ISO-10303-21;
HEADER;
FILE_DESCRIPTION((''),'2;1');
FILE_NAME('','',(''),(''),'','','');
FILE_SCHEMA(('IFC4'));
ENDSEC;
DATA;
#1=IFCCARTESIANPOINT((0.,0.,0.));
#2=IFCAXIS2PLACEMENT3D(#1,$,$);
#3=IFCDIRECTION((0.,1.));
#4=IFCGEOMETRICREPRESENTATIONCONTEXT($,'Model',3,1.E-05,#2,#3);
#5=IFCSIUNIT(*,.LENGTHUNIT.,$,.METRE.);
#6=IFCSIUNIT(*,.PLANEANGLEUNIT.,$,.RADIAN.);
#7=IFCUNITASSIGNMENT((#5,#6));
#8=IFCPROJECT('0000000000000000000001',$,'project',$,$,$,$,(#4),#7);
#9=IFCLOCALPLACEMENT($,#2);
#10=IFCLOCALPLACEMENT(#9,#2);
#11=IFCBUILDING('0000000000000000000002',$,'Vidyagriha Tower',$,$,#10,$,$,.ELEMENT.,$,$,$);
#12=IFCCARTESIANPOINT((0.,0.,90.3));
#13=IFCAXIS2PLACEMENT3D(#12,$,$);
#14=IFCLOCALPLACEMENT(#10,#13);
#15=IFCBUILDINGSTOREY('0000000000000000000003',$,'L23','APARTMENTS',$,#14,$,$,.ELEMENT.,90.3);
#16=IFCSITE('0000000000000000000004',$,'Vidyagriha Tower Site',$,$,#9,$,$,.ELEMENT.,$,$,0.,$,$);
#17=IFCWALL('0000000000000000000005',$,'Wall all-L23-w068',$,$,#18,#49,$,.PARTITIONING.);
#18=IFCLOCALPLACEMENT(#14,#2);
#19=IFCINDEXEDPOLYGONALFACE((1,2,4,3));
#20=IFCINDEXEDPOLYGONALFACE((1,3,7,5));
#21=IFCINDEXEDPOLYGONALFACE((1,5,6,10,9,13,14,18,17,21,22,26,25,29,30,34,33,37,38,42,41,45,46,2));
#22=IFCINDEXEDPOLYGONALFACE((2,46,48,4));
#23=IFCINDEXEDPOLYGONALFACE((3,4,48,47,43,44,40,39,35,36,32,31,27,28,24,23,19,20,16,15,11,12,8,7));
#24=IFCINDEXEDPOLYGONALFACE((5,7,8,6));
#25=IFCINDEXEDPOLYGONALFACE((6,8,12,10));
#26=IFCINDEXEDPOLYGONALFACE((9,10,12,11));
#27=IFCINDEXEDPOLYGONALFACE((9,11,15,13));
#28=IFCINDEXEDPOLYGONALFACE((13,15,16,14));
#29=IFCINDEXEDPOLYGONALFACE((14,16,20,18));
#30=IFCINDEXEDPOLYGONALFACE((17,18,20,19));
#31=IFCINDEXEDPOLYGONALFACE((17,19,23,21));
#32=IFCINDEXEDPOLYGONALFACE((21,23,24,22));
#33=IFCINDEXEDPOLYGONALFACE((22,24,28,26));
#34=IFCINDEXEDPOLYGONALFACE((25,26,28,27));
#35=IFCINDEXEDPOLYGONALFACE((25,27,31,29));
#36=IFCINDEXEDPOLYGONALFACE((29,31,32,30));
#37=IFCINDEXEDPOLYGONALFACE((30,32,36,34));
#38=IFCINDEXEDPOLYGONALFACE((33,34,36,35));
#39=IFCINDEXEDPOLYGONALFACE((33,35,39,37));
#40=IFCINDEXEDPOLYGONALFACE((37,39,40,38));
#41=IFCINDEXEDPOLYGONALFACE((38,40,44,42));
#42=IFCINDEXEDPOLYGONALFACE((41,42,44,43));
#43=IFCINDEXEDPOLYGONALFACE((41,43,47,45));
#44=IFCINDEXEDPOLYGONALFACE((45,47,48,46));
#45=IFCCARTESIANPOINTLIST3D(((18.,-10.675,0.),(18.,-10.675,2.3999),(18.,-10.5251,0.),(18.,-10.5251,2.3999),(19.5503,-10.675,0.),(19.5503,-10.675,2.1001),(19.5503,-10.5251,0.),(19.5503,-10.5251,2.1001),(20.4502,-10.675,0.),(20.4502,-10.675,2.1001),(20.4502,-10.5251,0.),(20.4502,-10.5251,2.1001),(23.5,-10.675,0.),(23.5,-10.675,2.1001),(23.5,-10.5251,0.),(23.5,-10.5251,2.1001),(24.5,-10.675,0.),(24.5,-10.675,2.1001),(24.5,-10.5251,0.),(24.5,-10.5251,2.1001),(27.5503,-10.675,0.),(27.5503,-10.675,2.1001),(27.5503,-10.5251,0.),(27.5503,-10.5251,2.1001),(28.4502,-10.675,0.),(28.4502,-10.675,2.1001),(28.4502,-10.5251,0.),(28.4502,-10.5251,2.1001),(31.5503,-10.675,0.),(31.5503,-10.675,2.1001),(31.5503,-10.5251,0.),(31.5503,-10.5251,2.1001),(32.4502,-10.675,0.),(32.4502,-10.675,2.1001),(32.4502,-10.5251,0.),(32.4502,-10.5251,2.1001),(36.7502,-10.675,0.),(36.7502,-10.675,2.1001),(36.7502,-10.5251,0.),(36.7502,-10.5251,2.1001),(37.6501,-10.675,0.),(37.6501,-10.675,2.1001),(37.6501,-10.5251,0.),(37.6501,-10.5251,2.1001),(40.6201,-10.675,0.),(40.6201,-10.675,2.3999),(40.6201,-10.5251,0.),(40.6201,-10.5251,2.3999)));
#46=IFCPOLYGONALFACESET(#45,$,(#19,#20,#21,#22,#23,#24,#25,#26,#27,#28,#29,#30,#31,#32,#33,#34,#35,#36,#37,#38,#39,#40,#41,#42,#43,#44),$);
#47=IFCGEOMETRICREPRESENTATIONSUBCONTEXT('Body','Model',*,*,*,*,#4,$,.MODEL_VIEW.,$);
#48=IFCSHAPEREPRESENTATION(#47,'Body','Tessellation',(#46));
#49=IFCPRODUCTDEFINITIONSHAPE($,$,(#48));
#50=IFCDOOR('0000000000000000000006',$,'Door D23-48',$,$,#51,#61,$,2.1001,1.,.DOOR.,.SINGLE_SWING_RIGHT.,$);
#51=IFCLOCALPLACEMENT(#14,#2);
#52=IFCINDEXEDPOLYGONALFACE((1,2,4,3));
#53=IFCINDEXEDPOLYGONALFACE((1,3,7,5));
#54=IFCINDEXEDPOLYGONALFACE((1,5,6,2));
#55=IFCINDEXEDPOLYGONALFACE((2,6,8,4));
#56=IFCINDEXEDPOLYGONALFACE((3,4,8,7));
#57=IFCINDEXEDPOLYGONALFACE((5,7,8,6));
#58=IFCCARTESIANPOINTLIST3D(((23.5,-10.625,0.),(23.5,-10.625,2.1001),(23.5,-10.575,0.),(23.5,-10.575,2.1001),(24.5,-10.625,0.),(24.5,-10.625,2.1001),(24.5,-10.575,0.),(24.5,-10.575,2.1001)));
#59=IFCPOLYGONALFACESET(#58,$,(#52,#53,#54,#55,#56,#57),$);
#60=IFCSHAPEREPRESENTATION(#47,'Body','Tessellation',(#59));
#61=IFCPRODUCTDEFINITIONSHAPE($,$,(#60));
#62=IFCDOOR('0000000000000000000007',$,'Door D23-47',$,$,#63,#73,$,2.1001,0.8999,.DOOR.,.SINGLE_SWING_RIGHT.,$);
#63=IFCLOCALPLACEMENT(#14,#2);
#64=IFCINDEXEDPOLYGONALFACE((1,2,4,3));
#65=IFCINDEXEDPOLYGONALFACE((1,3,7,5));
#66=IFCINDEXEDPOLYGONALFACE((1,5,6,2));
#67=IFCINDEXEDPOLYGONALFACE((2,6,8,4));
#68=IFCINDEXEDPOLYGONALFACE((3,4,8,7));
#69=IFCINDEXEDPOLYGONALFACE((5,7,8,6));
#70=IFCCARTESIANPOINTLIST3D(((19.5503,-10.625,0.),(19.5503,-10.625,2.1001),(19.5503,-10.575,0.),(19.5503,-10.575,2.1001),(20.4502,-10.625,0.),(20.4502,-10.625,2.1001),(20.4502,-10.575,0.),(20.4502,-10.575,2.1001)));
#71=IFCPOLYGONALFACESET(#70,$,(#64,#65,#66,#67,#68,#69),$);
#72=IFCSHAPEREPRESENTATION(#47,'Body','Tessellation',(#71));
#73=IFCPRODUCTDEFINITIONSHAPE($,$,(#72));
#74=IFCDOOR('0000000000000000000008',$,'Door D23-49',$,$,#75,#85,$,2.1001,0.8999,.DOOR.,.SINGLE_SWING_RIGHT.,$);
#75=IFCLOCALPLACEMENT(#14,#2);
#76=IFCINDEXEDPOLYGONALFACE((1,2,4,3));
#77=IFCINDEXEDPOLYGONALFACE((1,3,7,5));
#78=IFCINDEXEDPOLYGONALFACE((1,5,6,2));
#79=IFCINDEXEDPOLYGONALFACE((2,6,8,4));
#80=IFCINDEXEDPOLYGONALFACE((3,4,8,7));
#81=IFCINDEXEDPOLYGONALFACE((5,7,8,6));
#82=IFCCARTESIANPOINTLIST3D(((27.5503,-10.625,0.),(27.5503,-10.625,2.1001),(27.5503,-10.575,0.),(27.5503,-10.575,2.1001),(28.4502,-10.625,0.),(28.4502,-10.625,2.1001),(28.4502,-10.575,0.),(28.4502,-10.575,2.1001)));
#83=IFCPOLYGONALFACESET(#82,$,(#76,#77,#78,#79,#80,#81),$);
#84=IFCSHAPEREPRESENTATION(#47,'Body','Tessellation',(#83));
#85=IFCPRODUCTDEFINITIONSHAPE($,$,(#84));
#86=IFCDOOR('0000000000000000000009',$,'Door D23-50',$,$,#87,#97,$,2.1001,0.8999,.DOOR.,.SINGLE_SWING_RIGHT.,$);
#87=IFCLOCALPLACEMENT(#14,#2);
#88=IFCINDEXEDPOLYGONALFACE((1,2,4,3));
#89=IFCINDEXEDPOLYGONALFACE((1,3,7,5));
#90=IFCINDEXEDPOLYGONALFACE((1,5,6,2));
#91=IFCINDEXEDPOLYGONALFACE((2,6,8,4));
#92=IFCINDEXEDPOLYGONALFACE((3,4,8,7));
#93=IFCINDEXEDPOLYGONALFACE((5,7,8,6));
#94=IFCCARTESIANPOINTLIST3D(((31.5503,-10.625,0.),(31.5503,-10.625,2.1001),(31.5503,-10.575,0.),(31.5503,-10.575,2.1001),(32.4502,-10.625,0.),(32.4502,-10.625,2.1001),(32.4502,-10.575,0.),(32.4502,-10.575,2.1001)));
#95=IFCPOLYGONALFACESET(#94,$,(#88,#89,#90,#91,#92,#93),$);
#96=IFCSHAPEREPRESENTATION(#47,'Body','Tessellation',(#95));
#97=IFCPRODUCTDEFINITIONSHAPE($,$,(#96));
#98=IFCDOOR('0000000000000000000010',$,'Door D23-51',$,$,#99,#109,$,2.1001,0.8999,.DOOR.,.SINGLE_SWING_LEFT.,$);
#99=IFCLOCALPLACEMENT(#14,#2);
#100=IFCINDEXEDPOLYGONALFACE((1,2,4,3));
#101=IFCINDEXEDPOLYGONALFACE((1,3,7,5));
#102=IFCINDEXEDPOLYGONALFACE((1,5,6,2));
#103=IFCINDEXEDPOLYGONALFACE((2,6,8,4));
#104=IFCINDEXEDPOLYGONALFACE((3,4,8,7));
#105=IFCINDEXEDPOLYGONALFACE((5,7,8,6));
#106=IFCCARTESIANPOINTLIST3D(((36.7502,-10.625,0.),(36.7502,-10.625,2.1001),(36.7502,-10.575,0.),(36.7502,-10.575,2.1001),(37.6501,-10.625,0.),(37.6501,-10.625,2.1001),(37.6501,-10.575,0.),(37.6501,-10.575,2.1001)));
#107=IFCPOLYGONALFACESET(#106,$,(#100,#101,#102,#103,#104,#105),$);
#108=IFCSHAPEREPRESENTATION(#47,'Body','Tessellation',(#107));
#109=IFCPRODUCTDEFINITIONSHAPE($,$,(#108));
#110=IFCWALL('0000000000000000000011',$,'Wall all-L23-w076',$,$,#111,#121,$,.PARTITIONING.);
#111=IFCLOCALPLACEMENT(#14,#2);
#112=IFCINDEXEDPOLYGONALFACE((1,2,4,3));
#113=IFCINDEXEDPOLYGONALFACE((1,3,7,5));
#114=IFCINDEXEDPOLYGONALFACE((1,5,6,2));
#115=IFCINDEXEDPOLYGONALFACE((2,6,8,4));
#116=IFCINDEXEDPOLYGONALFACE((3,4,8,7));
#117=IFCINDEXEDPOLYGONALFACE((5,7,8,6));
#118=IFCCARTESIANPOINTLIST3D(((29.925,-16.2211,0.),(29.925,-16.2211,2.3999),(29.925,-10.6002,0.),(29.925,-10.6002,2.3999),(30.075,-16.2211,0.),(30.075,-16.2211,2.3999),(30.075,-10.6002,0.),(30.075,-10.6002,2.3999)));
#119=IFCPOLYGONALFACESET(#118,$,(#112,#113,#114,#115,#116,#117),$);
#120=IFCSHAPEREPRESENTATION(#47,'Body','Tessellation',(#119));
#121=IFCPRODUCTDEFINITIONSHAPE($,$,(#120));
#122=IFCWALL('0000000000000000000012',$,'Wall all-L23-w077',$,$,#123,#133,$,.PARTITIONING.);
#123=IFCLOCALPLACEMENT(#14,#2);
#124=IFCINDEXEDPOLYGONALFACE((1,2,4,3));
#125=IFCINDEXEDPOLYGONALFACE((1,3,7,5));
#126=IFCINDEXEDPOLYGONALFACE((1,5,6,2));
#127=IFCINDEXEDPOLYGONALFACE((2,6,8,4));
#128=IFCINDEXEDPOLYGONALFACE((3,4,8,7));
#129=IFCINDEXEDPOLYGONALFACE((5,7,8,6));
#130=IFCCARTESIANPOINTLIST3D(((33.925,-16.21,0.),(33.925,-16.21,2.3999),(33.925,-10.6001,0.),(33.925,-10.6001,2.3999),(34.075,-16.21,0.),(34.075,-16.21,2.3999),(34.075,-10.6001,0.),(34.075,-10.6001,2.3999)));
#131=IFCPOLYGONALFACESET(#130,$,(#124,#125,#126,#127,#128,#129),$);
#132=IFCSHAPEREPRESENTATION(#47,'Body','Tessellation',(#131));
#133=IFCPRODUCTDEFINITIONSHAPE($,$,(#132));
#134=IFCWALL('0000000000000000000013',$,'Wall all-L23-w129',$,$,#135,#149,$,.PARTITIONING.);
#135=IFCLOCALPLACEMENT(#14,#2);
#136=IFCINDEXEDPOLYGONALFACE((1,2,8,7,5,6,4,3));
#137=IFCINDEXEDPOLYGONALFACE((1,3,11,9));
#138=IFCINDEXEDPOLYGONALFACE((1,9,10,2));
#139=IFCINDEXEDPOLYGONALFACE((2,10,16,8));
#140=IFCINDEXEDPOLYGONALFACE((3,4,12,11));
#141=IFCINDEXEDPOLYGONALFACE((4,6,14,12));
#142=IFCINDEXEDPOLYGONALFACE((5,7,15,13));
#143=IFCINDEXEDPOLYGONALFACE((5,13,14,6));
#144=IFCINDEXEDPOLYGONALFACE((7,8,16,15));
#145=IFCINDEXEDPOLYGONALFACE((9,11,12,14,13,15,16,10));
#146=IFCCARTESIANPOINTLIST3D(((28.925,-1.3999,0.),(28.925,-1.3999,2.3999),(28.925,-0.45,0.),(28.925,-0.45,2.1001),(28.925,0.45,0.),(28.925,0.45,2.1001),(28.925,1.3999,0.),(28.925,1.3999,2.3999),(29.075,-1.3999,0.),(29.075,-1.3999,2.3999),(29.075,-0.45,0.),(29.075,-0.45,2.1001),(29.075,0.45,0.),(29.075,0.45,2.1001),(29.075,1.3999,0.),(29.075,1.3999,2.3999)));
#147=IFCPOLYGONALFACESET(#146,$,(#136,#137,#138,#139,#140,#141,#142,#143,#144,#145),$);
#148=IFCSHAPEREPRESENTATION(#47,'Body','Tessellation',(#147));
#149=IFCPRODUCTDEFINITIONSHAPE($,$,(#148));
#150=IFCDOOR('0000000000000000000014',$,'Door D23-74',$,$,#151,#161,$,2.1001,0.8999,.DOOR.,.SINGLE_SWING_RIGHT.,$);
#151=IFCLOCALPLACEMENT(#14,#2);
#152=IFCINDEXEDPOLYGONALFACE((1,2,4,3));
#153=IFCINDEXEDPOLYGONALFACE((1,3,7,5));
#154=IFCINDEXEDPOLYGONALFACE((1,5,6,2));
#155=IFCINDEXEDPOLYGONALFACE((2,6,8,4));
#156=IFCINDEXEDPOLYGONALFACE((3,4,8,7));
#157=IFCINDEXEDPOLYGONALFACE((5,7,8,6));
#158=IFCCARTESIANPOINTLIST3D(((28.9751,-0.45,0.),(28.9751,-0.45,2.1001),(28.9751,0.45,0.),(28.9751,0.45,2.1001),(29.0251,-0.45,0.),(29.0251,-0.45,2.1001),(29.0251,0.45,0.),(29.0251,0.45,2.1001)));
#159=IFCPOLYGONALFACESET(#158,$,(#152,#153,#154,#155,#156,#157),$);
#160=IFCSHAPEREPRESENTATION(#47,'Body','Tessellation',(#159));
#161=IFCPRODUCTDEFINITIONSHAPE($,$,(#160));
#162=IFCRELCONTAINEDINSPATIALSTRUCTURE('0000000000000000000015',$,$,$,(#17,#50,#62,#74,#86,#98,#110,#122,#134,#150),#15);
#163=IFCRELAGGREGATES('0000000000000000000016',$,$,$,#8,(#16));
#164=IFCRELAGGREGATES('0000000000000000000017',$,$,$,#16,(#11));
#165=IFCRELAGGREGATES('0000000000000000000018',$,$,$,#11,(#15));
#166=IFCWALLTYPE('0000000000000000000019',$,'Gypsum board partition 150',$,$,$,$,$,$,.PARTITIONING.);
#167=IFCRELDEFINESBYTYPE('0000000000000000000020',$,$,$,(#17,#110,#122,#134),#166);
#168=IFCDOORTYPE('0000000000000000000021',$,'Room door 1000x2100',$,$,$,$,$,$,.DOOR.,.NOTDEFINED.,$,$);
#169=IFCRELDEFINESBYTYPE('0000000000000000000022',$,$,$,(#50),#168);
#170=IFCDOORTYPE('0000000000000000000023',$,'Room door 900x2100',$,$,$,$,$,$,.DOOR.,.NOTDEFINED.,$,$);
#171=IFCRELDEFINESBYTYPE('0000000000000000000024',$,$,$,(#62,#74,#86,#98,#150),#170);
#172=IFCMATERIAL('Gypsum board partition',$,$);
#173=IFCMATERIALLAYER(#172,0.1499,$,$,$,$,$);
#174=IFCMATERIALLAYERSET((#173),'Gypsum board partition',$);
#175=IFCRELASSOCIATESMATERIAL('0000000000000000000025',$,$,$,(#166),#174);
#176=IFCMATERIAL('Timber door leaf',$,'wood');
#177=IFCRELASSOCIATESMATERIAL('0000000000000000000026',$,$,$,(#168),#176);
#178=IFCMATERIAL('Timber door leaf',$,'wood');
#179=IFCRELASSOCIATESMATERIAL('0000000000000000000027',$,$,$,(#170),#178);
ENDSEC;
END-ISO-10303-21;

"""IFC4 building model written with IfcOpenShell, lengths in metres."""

from ifc_helpers import new_model, si_unit, direction, frame, frame_2d, origin, place, context, subcontext, project, spatial, rectangle, extrude, material, layer, layer_set, type_object, element, fill, save


model = new_model("IFC4")

# Units and contexts
model_context = context("Model", 3, precision=1e-05, world=origin(), true_north=direction((0.0, 1.0)))
body_context = subcontext(model_context, "Body", "Model", "MODEL_VIEW")
ifc_project = project(units=[si_unit("LENGTHUNIT", "METRE"), si_unit("PLANEANGLEUNIT", "RADIAN")], contexts=[model_context])

# Site, building, storey
site_placement = place(None, origin())
site = spatial("IfcSite", under=ifc_project, at=site_placement, Name="Vidyagriha Tower Site", CompositionType="ELEMENT", RefElevation=0.0)
building_placement = place(site_placement, origin())
building = spatial("IfcBuilding", under=site, at=building_placement, Name="Vidyagriha Tower", CompositionType="ELEMENT")
storey_placement = place(building_placement, frame((0.0, 0.0, 90.3)))
storey = spatial("IfcBuildingStorey", under=building, at=storey_placement, Name="L23", Description="APARTMENTS", CompositionType="ELEMENT", Elevation=90.3)

# Shared definitions
ifc_material_1 = material(Name="Gypsum board partition")
ifc_layer_1 = layer(ifc_material_1, 0.1499)
ifc_layer_set_1 = layer_set([ifc_layer_1], Name="Gypsum board partition")
wall_type_1 = type_object("IfcWallType", Name="Gypsum board partition 150", PredefinedType="PARTITIONING", material=ifc_layer_set_1)

# Wall, openings, doors
wall_1_placement = place(storey_placement, frame((40.6201, -10.6001, 0.0), z_axis=(0.0, 0.0, 1.0), x_axis=(-1.0, 0.0, 0.0)))
wall_1 = element("IfcWall", 1, at=wall_1_placement, inside=storey, type_object=wall_type_1, Name="Wall all-L23-w068", PredefinedType="PARTITIONING", context=body_context, shape_type="SweptSolid", body=[
    extrude(rectangle(XDim=22.6201, YDim=0.1499, at=frame_2d((11.3101, 0.0))), origin(), (0.0, 0.0, 1.0), 2.3999),
])
opening_1_placement = place(wall_1_placement, frame((20.1699, 0.0, 0.0)))
opening_1 = element("IfcOpeningElement", 2, at=opening_1_placement, cuts=wall_1, PredefinedType="OPENING", context=body_context, shape_type="SweptSolid", body=[
    extrude(rectangle(XDim=0.8999, YDim=2.1001, at=frame_2d((0.45, 1.05))), frame((0.0, 0.085, 0.0), z_axis=(0.0, -1.0, 0.0), x_axis=(1.0, 0.0, 0.0)), (0.0, 0.0, 1.0), 0.1699),
])
opening_2_placement = place(wall_1_placement, frame((16.1201, 0.0, 0.0)))
opening_2 = element("IfcOpeningElement", 3, at=opening_2_placement, cuts=wall_1, PredefinedType="OPENING", context=body_context, shape_type="SweptSolid", body=[
    extrude(rectangle(XDim=1.0, YDim=2.1001, at=frame_2d((0.5, 1.05))), frame((0.0, 0.085, 0.0), z_axis=(0.0, -1.0, 0.0), x_axis=(1.0, 0.0, 0.0)), (0.0, 0.0, 1.0), 0.1699),
])
opening_3_placement = place(wall_1_placement, frame((12.1699, 0.0, 0.0)))
opening_3 = element("IfcOpeningElement", 4, at=opening_3_placement, cuts=wall_1, PredefinedType="OPENING", context=body_context, shape_type="SweptSolid", body=[
    extrude(rectangle(XDim=0.8999, YDim=2.1001, at=frame_2d((0.45, 1.05))), frame((0.0, 0.085, 0.0), z_axis=(0.0, -1.0, 0.0), x_axis=(1.0, 0.0, 0.0)), (0.0, 0.0, 1.0), 0.1699),
])
opening_4_placement = place(wall_1_placement, frame((8.1699, 0.0, 0.0)))
opening_4 = element("IfcOpeningElement", 5, at=opening_4_placement, cuts=wall_1, PredefinedType="OPENING", context=body_context, shape_type="SweptSolid", body=[
    extrude(rectangle(XDim=0.8999, YDim=2.1001, at=frame_2d((0.45, 1.05))), frame((0.0, 0.085, 0.0), z_axis=(0.0, -1.0, 0.0), x_axis=(1.0, 0.0, 0.0)), (0.0, 0.0, 1.0), 0.1699),
])
opening_5_placement = place(wall_1_placement, frame((2.97, 0.0, 0.0)))
opening_5 = element("IfcOpeningElement", 6, at=opening_5_placement, cuts=wall_1, PredefinedType="OPENING", context=body_context, shape_type="SweptSolid", body=[
    extrude(rectangle(XDim=0.8999, YDim=2.1001, at=frame_2d((0.45, 1.05))), frame((0.0, 0.085, 0.0), z_axis=(0.0, -1.0, 0.0), x_axis=(1.0, 0.0, 0.0)), (0.0, 0.0, 1.0), 0.1699),
])
ifc_material_2 = material(Name="Timber door leaf", Category="wood")
door_type_1 = type_object("IfcDoorType", Name="Room door 1000x2100", OperationType="NOTDEFINED", PredefinedType="DOOR", material=ifc_material_2)
door_1_placement = place(opening_2_placement, origin())
door_1 = element("IfcDoor", 7, at=door_1_placement, inside=storey, type_object=door_type_1, Name="Door D23-48", OperationType="SINGLE_SWING_RIGHT", OverallHeight=2.1001, OverallWidth=1.0, PredefinedType="DOOR", context=body_context, shape_type="SweptSolid", body=[
    extrude(rectangle(XDim=1.0, YDim=2.1001, at=frame_2d((0.5, 1.05))), frame((0.0, 0.0249, 0.0), z_axis=(0.0, -1.0, 0.0), x_axis=(1.0, 0.0, 0.0)), (0.0, 0.0, 1.0), 0.05),
])
fill(opening_2, door_1)
ifc_material_3 = material(Name="Timber door leaf", Category="wood")
door_type_2 = type_object("IfcDoorType", Name="Room door 900x2100", OperationType="NOTDEFINED", PredefinedType="DOOR", material=ifc_material_3)
door_2_placement = place(opening_1_placement, origin())
door_2 = element("IfcDoor", 8, at=door_2_placement, inside=storey, type_object=door_type_2, Name="Door D23-47", OperationType="SINGLE_SWING_RIGHT", OverallHeight=2.1001, OverallWidth=0.8999, PredefinedType="DOOR", context=body_context, shape_type="SweptSolid", body=[
    extrude(rectangle(XDim=0.8999, YDim=2.1001, at=frame_2d((0.45, 1.05))), frame((0.0, 0.0249, 0.0), z_axis=(0.0, -1.0, 0.0), x_axis=(1.0, 0.0, 0.0)), (0.0, 0.0, 1.0), 0.05),
])
fill(opening_1, door_2)
door_3_placement = place(opening_3_placement, origin())
door_3 = element("IfcDoor", 9, at=door_3_placement, inside=storey, type_object=door_type_2, Name="Door D23-49", OperationType="SINGLE_SWING_RIGHT", OverallHeight=2.1001, OverallWidth=0.8999, PredefinedType="DOOR", context=body_context, shape_type="SweptSolid", body=[
    extrude(rectangle(XDim=0.8999, YDim=2.1001, at=frame_2d((0.45, 1.05))), frame((0.0, 0.0249, 0.0), z_axis=(0.0, -1.0, 0.0), x_axis=(1.0, 0.0, 0.0)), (0.0, 0.0, 1.0), 0.05),
])
fill(opening_3, door_3)
door_4_placement = place(opening_4_placement, origin())
door_4 = element("IfcDoor", 10, at=door_4_placement, inside=storey, type_object=door_type_2, Name="Door D23-50", OperationType="SINGLE_SWING_RIGHT", OverallHeight=2.1001, OverallWidth=0.8999, PredefinedType="DOOR", context=body_context, shape_type="SweptSolid", body=[
    extrude(rectangle(XDim=0.8999, YDim=2.1001, at=frame_2d((0.45, 1.05))), frame((0.0, 0.0249, 0.0), z_axis=(0.0, -1.0, 0.0), x_axis=(1.0, 0.0, 0.0)), (0.0, 0.0, 1.0), 0.05),
])
fill(opening_4, door_4)
door_5_placement = place(opening_5_placement, origin())
door_5 = element("IfcDoor", 11, at=door_5_placement, inside=storey, type_object=door_type_2, Name="Door D23-51", OperationType="SINGLE_SWING_LEFT", OverallHeight=2.1001, OverallWidth=0.8999, PredefinedType="DOOR", context=body_context, shape_type="SweptSolid", body=[
    extrude(rectangle(XDim=0.8999, YDim=2.1001, at=frame_2d((0.45, 1.05))), frame((0.0, 0.0249, 0.0), z_axis=(0.0, -1.0, 0.0), x_axis=(1.0, 0.0, 0.0)), (0.0, 0.0, 1.0), 0.05),
])
fill(opening_5, door_5)

# Walls
wall_2_placement = place(storey_placement, frame((30.0, -10.6001, 0.0), z_axis=(0.0, 0.0, 1.0), x_axis=(0.0, -1.0, 0.0)))
element("IfcWall", 12, at=wall_2_placement, inside=storey, type_object=wall_type_1, Name="Wall all-L23-w076", PredefinedType="PARTITIONING", context=body_context, shape_type="SweptSolid", body=[
    extrude(rectangle(XDim=5.6208, YDim=0.1499, at=frame_2d((2.8105, 0.0))), origin(), (0.0, 0.0, 1.0), 2.3999),
])
wall_3_placement = place(storey_placement, frame((34.0, -10.6001, 0.0), z_axis=(0.0, 0.0, 1.0), x_axis=(0.0, -1.0, 0.0)))
element("IfcWall", 13, at=wall_3_placement, inside=storey, type_object=wall_type_1, Name="Wall all-L23-w077", PredefinedType="PARTITIONING", context=body_context, shape_type="SweptSolid", body=[
    extrude(rectangle(XDim=5.6099, YDim=0.1499, at=frame_2d((2.8049, 0.0))), origin(), (0.0, 0.0, 1.0), 2.3999),
])

# Wall, opening, door
wall_4_placement = place(storey_placement, frame((29.0, -1.3999, 0.0), z_axis=(0.0, 0.0, 1.0), x_axis=(0.0, 1.0, 0.0)))
wall_4 = element("IfcWall", 14, at=wall_4_placement, inside=storey, type_object=wall_type_1, Name="Wall all-L23-w129", PredefinedType="PARTITIONING", context=body_context, shape_type="SweptSolid", body=[
    extrude(rectangle(XDim=2.7998, YDim=0.1499, at=frame_2d((1.3999, 0.0))), origin(), (0.0, 0.0, 1.0), 2.3999),
])
opening_6_placement = place(wall_4_placement, frame((0.95, 0.0, 0.0)))
opening_6 = element("IfcOpeningElement", 15, at=opening_6_placement, cuts=wall_4, PredefinedType="OPENING", context=body_context, shape_type="SweptSolid", body=[
    extrude(rectangle(XDim=0.8999, YDim=2.1001, at=frame_2d((0.45, 1.05))), frame((0.0, 0.085, 0.0), z_axis=(0.0, -1.0, 0.0), x_axis=(1.0, 0.0, 0.0)), (0.0, 0.0, 1.0), 0.1699),
])
door_6_placement = place(opening_6_placement, origin())
door_6 = element("IfcDoor", 16, at=door_6_placement, inside=storey, type_object=door_type_2, Name="Door D23-74", OperationType="SINGLE_SWING_RIGHT", OverallHeight=2.1001, OverallWidth=0.8999, PredefinedType="DOOR", context=body_context, shape_type="SweptSolid", body=[
    extrude(rectangle(XDim=0.8999, YDim=2.1001, at=frame_2d((0.45, 1.05))), frame((0.0, 0.0249, 0.0), z_axis=(0.0, -1.0, 0.0), x_axis=(1.0, 0.0, 0.0)), (0.0, 0.0, 1.0), 0.05),
])
fill(opening_6, door_6)

save(model, "model.ifc")
